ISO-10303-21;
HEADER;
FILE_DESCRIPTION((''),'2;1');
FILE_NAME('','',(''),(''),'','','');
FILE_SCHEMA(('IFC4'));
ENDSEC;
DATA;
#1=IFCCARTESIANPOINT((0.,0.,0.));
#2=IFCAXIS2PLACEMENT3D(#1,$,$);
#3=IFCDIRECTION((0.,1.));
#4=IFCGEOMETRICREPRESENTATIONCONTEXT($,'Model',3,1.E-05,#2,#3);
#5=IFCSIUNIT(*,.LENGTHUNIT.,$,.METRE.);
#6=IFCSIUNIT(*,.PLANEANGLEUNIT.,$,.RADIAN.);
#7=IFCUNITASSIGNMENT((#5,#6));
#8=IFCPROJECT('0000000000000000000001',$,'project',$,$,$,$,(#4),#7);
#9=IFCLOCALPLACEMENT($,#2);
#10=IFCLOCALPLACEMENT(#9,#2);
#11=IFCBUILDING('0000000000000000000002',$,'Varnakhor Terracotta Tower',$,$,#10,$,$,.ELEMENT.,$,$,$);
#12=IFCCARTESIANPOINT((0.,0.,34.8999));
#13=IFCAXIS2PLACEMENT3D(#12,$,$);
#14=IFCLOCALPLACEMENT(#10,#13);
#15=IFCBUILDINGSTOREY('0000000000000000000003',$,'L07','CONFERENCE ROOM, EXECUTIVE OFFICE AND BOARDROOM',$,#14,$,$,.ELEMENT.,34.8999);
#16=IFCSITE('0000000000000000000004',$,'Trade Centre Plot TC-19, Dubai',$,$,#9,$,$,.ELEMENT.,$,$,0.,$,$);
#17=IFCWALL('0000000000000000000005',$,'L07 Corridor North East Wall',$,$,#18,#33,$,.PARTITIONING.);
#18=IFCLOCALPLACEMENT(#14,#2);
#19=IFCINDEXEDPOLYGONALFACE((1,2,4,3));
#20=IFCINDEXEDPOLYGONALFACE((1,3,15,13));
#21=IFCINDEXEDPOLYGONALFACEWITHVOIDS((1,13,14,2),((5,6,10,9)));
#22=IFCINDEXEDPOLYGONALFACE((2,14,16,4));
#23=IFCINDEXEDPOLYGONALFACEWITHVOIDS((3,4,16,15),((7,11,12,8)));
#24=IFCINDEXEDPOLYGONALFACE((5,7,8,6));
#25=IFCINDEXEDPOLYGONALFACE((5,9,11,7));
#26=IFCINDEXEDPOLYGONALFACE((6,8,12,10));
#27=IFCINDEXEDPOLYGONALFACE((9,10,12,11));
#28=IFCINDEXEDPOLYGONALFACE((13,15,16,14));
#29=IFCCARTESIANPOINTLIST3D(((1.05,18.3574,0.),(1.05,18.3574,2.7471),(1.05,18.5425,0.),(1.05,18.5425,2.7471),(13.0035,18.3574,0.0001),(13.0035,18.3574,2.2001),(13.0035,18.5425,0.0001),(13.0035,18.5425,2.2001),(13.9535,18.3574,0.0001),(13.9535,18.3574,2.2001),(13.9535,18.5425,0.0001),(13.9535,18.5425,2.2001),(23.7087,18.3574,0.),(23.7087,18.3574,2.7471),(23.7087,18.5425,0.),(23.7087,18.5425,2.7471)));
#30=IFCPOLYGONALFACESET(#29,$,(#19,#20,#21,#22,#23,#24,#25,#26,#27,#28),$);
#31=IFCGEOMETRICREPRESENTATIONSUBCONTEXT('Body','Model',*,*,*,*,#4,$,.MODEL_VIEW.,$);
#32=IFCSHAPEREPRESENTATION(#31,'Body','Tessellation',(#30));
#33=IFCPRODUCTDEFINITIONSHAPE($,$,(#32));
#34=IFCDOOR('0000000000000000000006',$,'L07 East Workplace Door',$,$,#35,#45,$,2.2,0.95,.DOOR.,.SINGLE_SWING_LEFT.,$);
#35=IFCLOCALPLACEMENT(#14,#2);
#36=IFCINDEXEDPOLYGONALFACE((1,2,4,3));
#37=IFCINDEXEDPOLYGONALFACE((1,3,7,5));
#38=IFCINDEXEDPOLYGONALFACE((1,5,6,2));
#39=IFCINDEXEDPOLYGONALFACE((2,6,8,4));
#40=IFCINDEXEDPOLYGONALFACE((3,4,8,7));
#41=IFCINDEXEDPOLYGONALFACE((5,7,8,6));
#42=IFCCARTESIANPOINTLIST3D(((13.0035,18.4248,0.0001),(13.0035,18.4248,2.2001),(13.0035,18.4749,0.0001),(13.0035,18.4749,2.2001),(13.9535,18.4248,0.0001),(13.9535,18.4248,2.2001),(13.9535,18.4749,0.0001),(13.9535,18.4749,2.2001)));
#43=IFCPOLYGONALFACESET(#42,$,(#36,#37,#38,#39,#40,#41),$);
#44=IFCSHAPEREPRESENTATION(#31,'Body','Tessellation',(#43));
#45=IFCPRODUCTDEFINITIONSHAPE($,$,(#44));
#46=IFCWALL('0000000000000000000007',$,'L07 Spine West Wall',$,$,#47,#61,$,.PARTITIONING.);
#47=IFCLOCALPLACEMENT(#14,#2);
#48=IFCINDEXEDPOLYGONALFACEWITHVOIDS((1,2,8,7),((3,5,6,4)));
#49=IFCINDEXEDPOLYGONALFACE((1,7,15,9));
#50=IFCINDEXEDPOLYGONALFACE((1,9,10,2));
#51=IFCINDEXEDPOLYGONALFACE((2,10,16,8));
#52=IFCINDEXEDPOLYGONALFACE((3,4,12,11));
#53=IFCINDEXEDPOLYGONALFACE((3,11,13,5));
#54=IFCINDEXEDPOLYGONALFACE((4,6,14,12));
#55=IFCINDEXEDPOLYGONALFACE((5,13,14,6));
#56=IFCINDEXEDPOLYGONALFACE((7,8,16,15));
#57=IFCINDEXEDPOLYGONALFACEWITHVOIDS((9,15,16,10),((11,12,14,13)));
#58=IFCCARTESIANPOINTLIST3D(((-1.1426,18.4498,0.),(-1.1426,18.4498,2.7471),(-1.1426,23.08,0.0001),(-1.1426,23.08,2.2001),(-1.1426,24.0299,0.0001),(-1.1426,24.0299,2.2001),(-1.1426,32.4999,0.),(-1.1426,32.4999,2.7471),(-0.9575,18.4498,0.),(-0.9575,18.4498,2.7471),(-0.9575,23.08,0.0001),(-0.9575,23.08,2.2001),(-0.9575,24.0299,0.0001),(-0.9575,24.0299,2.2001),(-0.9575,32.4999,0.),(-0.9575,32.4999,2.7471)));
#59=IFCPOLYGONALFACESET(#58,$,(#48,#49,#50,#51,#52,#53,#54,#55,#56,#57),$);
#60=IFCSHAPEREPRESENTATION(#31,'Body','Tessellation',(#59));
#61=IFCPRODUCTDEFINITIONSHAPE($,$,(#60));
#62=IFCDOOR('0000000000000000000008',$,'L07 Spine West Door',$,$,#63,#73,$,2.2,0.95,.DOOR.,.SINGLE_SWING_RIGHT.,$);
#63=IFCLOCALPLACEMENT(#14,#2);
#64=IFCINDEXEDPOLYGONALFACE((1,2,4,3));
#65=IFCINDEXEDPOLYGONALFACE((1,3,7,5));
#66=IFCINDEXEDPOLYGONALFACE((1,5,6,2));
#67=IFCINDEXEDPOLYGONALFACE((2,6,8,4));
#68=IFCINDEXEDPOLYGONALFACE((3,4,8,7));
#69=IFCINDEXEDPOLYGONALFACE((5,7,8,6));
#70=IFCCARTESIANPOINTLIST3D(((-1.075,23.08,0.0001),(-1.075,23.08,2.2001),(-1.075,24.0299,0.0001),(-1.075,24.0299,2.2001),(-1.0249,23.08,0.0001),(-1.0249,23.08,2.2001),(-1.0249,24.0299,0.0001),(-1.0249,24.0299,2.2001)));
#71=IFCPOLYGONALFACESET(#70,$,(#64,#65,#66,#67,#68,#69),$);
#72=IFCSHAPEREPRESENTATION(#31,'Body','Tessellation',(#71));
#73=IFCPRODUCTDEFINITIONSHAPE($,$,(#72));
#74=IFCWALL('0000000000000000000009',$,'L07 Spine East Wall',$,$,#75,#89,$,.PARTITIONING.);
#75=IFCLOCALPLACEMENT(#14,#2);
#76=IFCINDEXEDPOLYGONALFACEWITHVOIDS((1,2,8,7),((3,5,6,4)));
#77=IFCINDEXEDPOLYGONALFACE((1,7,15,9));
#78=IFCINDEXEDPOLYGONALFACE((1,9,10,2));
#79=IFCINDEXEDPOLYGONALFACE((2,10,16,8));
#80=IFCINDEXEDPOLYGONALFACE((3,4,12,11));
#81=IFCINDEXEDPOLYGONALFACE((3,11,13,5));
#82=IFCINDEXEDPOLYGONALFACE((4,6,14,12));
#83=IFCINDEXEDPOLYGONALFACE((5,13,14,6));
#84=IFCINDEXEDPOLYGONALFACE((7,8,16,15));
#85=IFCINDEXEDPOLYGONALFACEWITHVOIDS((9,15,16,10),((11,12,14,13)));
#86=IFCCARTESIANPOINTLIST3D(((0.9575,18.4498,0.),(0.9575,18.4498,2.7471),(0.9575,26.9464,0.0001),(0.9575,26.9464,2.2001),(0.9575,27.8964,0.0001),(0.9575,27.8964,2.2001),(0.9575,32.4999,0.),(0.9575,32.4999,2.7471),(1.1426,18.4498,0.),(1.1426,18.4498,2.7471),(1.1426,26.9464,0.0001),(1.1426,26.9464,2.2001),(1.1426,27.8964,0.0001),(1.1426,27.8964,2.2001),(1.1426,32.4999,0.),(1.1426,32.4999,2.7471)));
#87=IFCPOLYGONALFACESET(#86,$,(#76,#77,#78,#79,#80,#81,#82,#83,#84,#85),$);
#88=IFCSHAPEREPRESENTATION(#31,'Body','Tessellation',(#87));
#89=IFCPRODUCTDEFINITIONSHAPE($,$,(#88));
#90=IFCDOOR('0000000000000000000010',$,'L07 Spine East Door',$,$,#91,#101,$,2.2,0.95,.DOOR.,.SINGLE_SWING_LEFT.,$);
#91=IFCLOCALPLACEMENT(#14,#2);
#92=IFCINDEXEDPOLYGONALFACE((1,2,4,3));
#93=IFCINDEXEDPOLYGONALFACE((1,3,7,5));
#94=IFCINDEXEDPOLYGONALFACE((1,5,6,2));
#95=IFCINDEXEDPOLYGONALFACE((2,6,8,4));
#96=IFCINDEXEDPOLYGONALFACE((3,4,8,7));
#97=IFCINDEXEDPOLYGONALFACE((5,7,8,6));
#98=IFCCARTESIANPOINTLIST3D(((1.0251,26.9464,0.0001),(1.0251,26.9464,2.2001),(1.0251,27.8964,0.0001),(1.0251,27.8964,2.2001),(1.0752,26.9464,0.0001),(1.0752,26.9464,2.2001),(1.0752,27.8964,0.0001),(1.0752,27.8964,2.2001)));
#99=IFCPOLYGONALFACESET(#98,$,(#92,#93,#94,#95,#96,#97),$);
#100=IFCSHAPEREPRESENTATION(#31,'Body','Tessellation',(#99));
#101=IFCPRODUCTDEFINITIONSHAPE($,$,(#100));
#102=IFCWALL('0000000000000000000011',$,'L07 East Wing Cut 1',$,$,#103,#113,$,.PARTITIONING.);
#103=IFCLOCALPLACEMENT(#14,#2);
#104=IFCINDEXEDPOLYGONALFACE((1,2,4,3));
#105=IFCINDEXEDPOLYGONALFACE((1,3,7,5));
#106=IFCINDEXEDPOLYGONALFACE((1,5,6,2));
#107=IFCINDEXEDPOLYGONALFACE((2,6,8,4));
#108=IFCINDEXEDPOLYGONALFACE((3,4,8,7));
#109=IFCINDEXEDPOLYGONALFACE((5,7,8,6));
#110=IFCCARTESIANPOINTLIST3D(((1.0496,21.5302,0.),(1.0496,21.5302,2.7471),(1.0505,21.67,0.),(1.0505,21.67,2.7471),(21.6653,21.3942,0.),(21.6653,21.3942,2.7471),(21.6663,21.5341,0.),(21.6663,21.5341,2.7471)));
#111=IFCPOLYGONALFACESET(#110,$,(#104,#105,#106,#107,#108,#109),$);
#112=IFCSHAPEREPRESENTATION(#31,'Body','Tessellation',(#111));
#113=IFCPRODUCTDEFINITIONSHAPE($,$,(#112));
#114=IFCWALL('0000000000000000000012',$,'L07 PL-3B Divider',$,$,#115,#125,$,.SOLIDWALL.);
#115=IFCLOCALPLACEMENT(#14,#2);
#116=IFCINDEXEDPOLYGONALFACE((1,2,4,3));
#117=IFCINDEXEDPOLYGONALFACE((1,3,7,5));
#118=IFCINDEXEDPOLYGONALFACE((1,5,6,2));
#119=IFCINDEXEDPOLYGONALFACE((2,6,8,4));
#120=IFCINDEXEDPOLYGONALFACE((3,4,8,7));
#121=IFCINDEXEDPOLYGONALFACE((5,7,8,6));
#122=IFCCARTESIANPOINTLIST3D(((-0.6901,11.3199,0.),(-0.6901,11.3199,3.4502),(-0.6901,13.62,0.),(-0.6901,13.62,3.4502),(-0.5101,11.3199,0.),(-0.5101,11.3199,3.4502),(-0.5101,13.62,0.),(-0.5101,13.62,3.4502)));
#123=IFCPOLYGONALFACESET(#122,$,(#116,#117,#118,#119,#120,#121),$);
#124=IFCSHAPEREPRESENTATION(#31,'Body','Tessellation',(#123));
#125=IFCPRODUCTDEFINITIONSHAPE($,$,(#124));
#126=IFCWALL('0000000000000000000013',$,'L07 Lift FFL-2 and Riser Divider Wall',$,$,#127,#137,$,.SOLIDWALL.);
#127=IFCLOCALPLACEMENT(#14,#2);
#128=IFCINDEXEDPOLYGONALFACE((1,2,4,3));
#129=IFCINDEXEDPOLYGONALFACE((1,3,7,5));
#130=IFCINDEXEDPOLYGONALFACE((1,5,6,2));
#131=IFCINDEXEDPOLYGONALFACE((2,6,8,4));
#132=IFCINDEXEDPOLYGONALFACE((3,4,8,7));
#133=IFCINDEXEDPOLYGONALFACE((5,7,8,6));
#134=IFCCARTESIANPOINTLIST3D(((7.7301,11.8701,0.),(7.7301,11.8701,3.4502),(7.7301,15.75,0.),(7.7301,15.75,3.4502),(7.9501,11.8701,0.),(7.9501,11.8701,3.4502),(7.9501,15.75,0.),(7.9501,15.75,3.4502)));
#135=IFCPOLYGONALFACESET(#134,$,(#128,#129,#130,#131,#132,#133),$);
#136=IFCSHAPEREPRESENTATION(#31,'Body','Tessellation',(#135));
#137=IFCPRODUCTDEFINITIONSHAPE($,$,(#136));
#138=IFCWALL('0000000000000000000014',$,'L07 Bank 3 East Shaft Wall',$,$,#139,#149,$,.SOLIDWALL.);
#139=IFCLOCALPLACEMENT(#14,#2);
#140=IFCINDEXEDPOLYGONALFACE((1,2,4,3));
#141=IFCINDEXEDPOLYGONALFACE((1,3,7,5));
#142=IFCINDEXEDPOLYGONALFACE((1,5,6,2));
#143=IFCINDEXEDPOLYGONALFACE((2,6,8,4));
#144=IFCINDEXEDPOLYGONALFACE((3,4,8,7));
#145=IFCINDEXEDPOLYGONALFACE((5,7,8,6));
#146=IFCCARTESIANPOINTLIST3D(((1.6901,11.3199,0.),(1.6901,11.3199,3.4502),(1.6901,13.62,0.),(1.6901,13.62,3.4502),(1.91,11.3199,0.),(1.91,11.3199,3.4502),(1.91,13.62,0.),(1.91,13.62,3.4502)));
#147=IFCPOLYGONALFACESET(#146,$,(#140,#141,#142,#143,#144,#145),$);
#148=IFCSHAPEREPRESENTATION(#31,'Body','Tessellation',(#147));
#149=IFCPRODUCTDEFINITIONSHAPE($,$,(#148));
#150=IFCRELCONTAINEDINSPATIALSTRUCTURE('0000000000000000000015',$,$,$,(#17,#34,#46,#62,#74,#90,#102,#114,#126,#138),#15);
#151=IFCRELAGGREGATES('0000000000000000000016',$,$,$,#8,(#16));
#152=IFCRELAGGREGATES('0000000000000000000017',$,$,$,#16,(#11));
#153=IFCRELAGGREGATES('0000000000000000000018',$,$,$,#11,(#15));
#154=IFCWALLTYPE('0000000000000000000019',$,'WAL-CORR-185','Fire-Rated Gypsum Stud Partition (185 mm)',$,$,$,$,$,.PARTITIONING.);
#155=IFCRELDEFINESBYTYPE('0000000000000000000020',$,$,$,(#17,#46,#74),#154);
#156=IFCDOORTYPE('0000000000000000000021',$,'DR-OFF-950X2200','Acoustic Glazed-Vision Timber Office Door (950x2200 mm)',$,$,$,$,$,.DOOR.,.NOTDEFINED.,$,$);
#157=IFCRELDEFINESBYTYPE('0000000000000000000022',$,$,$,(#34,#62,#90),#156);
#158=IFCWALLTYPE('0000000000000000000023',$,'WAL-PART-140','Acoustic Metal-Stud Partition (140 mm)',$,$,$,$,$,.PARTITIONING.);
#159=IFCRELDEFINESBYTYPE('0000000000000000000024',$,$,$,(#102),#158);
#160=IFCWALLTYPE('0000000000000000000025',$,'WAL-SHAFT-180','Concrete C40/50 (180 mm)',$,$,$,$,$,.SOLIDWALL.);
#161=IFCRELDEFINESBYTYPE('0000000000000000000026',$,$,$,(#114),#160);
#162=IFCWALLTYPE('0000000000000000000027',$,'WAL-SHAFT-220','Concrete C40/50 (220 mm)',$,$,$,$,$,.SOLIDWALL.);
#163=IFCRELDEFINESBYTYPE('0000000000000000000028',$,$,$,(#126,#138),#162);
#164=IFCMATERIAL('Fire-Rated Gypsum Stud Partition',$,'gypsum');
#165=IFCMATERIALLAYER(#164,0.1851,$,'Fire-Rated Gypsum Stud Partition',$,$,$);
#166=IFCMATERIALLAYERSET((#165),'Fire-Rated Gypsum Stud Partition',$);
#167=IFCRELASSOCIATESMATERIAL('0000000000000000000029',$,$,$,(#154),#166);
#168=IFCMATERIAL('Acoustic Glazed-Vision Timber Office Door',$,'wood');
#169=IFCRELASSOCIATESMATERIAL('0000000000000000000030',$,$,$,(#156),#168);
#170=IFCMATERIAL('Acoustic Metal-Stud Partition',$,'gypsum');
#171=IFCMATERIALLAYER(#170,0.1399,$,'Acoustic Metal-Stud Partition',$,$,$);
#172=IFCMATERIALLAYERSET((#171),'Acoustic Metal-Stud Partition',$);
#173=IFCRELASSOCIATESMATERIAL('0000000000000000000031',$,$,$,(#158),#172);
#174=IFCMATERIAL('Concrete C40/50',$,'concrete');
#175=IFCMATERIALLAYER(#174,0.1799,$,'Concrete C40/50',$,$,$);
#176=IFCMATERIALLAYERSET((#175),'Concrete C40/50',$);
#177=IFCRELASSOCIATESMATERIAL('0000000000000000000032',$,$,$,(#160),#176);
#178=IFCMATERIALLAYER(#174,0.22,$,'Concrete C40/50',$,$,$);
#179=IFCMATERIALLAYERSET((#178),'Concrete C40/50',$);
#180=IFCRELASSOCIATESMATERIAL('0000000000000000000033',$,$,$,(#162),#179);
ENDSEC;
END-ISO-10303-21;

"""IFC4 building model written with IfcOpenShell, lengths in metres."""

from ifc_helpers import new_model, si_unit, direction, frame, frame_2d, origin, place, context, subcontext, project, spatial, rectangle, extrude, source, transform, mapped, material, layer, layer_set, type_object, type_shapes, element, fill, save


model = new_model("IFC4")

# Units and contexts
model_context = context("Model", 3, precision=1e-05, world=origin(), true_north=direction((0.0, 1.0)))
body_context = subcontext(model_context, "Body", "Model", "MODEL_VIEW")
ifc_project = project(units=[si_unit("LENGTHUNIT", "METRE"), si_unit("PLANEANGLEUNIT", "RADIAN")], contexts=[model_context])

# Site, building, storey
site_placement = place(None, origin())
site = spatial("IfcSite", under=ifc_project, at=site_placement, Name="Trade Centre Plot TC-19, Dubai", CompositionType="ELEMENT", RefElevation=0.0)
building_placement = place(site_placement, origin())
building = spatial("IfcBuilding", under=site, at=building_placement, Name="Varnakhor Terracotta Tower", CompositionType="ELEMENT")
storey_placement = place(building_placement, frame((0.0, 0.0, 34.8999)))
storey = spatial("IfcBuildingStorey", under=building, at=storey_placement, Name="L07", Description="CONFERENCE ROOM, EXECUTIVE OFFICE AND BOARDROOM", CompositionType="ELEMENT", Elevation=34.8999)

# Walls, openings, doors
ifc_material_1 = material(Name="Fire-Rated Gypsum Stud Partition", Category="gypsum")
ifc_layer_1 = layer(ifc_material_1, 0.1851, Name="Fire-Rated Gypsum Stud Partition")
ifc_layer_set_1 = layer_set([ifc_layer_1], Name="Fire-Rated Gypsum Stud Partition")
wall_type_1 = type_object("IfcWallType", Name="WAL-CORR-185", Description="Fire-Rated Gypsum Stud Partition (185 mm)", PredefinedType="PARTITIONING", material=ifc_layer_set_1)
wall_1_placement = place(storey_placement, frame((1.05, 18.45, 0.0), z_axis=(0.0, 0.0, 1.0), x_axis=(1.0, 0.0, 0.0)))
wall_1 = element("IfcWall", 1, at=wall_1_placement, inside=storey, type_object=wall_type_1, Name="L07 Corridor North East Wall", PredefinedType="PARTITIONING", context=body_context, shape_type="SweptSolid", body=[
    extrude(rectangle(XDim=22.6587, YDim=0.1851, at=frame_2d((11.3293, 0.0))), origin(), (0.0, 0.0, 1.0), 2.7471),
])
opening_1_placement = place(wall_1_placement, frame((11.9534, 0.0, 0.0)))
opening_1 = element("IfcOpeningElement", 2, at=opening_1_placement, cuts=wall_1, PredefinedType="OPENING", context=body_context, shape_type="SweptSolid", body=[
    extrude(rectangle(XDim=0.95, YDim=2.2, at=frame_2d((0.4751, 1.1001))), frame((0.0, 0.1025, 0.0), z_axis=(0.0, -1.0, 0.0), x_axis=(1.0, 0.0, 0.0)), (0.0, 0.0, 1.0), 0.2051),
])
ifc_material_2 = material(Name="Acoustic Glazed-Vision Timber Office Door", Category="wood")
door_type_1 = type_object("IfcDoorType", Name="DR-OFF-950X2200", Description="Acoustic Glazed-Vision Timber Office Door (950x2200 mm)", OperationType="NOTDEFINED", PredefinedType="DOOR", material=ifc_material_2)
shared_shape_1 = source(origin(), body_context, "Body", "SweptSolid", [
    extrude(rectangle(XDim=0.95, YDim=2.2, at=frame_2d((0.4751, 1.1001))), frame((0.0, 0.0249, 0.0), z_axis=(0.0, -1.0, 0.0), x_axis=(1.0, 0.0, 0.0)), (0.0, 0.0, 1.0), 0.05),
])
type_shapes(door_type_1, [shared_shape_1])
door_1_placement = place(opening_1_placement, origin())
door_1 = element("IfcDoor", 3, at=door_1_placement, inside=storey, type_object=door_type_1, Name="L07 East Workplace Door", OperationType="SINGLE_SWING_LEFT", OverallHeight=2.2, OverallWidth=0.95, PredefinedType="DOOR", context=body_context, shape_type="MappedRepresentation", body=[
    mapped(shared_shape_1, transform((0.0, 0.0, 0.0), scale=1.0)),
])
fill(opening_1, door_1)
wall_2_placement = place(storey_placement, frame((-1.05, 18.45, 0.0), z_axis=(0.0, 0.0, 1.0), x_axis=(0.0, 1.0, 0.0)))
wall_2 = element("IfcWall", 4, at=wall_2_placement, inside=storey, type_object=wall_type_1, Name="L07 Spine West Wall", PredefinedType="PARTITIONING", context=body_context, shape_type="SweptSolid", body=[
    extrude(rectangle(XDim=14.05, YDim=0.1851, at=frame_2d((7.0249, 0.0))), origin(), (0.0, 0.0, 1.0), 2.7471),
])
opening_2_placement = place(wall_2_placement, frame((4.6299, 0.0, 0.0)))
opening_2 = element("IfcOpeningElement", 5, at=opening_2_placement, cuts=wall_2, PredefinedType="OPENING", context=body_context, shape_type="SweptSolid", body=[
    extrude(rectangle(XDim=0.95, YDim=2.2, at=frame_2d((0.4751, 1.1001))), frame((0.0, 0.1025, 0.0), z_axis=(0.0, -1.0, 0.0), x_axis=(1.0, 0.0, 0.0)), (0.0, 0.0, 1.0), 0.2051),
])
door_2_placement = place(opening_2_placement, origin())
door_2 = element("IfcDoor", 6, at=door_2_placement, inside=storey, type_object=door_type_1, Name="L07 Spine West Door", OperationType="SINGLE_SWING_RIGHT", OverallHeight=2.2, OverallWidth=0.95, PredefinedType="DOOR", context=body_context, shape_type="MappedRepresentation", body=[
    mapped(shared_shape_1, transform((0.0, 0.0, 0.0), scale=1.0)),
])
fill(opening_2, door_2)
wall_3_placement = place(storey_placement, frame((1.05, 18.45, 0.0), z_axis=(0.0, 0.0, 1.0), x_axis=(0.0, 1.0, 0.0)))
wall_3 = element("IfcWall", 7, at=wall_3_placement, inside=storey, type_object=wall_type_1, Name="L07 Spine East Wall", PredefinedType="PARTITIONING", context=body_context, shape_type="SweptSolid", body=[
    extrude(rectangle(XDim=14.05, YDim=0.1851, at=frame_2d((7.0249, 0.0))), origin(), (0.0, 0.0, 1.0), 2.7471),
])
opening_3_placement = place(wall_3_placement, frame((8.4963, 0.0, 0.0)))
opening_3 = element("IfcOpeningElement", 8, at=opening_3_placement, cuts=wall_3, PredefinedType="OPENING", context=body_context, shape_type="SweptSolid", body=[
    extrude(rectangle(XDim=0.95, YDim=2.2, at=frame_2d((0.4751, 1.1001))), frame((0.0, 0.1025, 0.0), z_axis=(0.0, -1.0, 0.0), x_axis=(1.0, 0.0, 0.0)), (0.0, 0.0, 1.0), 0.2051),
])
door_3_placement = place(opening_3_placement, origin())
door_3 = element("IfcDoor", 9, at=door_3_placement, inside=storey, type_object=door_type_1, Name="L07 Spine East Door", OperationType="SINGLE_SWING_LEFT", OverallHeight=2.2, OverallWidth=0.95, PredefinedType="DOOR", context=body_context, shape_type="MappedRepresentation", body=[
    mapped(shared_shape_1, transform((0.0, 0.0, 0.0), scale=1.0)),
])
fill(opening_3, door_3)

# Walls
ifc_material_3 = material(Name="Acoustic Metal-Stud Partition", Category="gypsum")
ifc_layer_2 = layer(ifc_material_3, 0.1399, Name="Acoustic Metal-Stud Partition")
ifc_layer_set_2 = layer_set([ifc_layer_2], Name="Acoustic Metal-Stud Partition")
wall_type_2 = type_object("IfcWallType", Name="WAL-PART-140", Description="Acoustic Metal-Stud Partition (140 mm)", PredefinedType="PARTITIONING", material=ifc_layer_set_2)
wall_4_placement = place(storey_placement, frame((1.05, 21.6001, 0.0), z_axis=(0.0, 0.0, 1.0), x_axis=(0.999978, -0.006596, 0.0)))
element("IfcWall", 10, at=wall_4_placement, inside=storey, type_object=wall_type_2, Name="L07 East Wing Cut 1", PredefinedType="PARTITIONING", context=body_context, shape_type="SweptSolid", body=[
    extrude(rectangle(XDim=20.6162, YDim=0.1399, at=frame_2d((10.3081, 0.0))), origin(), (0.0, 0.0, 1.0), 2.7471),
])
ifc_material_4 = material(Name="Concrete C40/50", Category="concrete")
ifc_layer_3 = layer(ifc_material_4, 0.1799, Name="Concrete C40/50")
ifc_layer_set_3 = layer_set([ifc_layer_3], Name="Concrete C40/50")
wall_type_3 = type_object("IfcWallType", Name="WAL-SHAFT-180", Description="Concrete C40/50 (180 mm)", PredefinedType="SOLIDWALL", material=ifc_layer_set_3)
wall_5_placement = place(storey_placement, frame((-0.6001, 11.3201, 0.0), z_axis=(0.0, 0.0, 1.0), x_axis=(0.0, 1.0, 0.0)))
element("IfcWall", 11, at=wall_5_placement, inside=storey, type_object=wall_type_3, Name="L07 PL-3B Divider", PredefinedType="SOLIDWALL", context=body_context, shape_type="SweptSolid", body=[
    extrude(rectangle(XDim=2.3, YDim=0.1799, at=frame_2d((1.1499, 0.0))), origin(), (0.0, 0.0, 1.0), 3.4502),
])
ifc_layer_4 = layer(ifc_material_4, 0.22, Name="Concrete C40/50")
ifc_layer_set_4 = layer_set([ifc_layer_4], Name="Concrete C40/50")
wall_type_4 = type_object("IfcWallType", Name="WAL-SHAFT-220", Description="Concrete C40/50 (220 mm)", PredefinedType="SOLIDWALL", material=ifc_layer_set_4)
wall_6_placement = place(storey_placement, frame((7.8401, 11.8701, 0.0), z_axis=(0.0, 0.0, 1.0), x_axis=(0.0, 1.0, 0.0)))
element("IfcWall", 12, at=wall_6_placement, inside=storey, type_object=wall_type_4, Name="L07 Lift FFL-2 and Riser Divider Wall", PredefinedType="SOLIDWALL", context=body_context, shape_type="SweptSolid", body=[
    extrude(rectangle(XDim=3.8799, YDim=0.22, at=frame_2d((1.9399, 0.0))), origin(), (0.0, 0.0, 1.0), 3.4502),
])
wall_7_placement = place(storey_placement, frame((1.8, 11.3201, 0.0), z_axis=(0.0, 0.0, 1.0), x_axis=(0.0, 1.0, 0.0)))
element("IfcWall", 13, at=wall_7_placement, inside=storey, type_object=wall_type_4, Name="L07 Bank 3 East Shaft Wall", PredefinedType="SOLIDWALL", context=body_context, shape_type="SweptSolid", body=[
    extrude(rectangle(XDim=2.3, YDim=0.22, at=frame_2d((1.1499, 0.0))), origin(), (0.0, 0.0, 1.0), 3.4502),
])

save(model, "model.ifc")
